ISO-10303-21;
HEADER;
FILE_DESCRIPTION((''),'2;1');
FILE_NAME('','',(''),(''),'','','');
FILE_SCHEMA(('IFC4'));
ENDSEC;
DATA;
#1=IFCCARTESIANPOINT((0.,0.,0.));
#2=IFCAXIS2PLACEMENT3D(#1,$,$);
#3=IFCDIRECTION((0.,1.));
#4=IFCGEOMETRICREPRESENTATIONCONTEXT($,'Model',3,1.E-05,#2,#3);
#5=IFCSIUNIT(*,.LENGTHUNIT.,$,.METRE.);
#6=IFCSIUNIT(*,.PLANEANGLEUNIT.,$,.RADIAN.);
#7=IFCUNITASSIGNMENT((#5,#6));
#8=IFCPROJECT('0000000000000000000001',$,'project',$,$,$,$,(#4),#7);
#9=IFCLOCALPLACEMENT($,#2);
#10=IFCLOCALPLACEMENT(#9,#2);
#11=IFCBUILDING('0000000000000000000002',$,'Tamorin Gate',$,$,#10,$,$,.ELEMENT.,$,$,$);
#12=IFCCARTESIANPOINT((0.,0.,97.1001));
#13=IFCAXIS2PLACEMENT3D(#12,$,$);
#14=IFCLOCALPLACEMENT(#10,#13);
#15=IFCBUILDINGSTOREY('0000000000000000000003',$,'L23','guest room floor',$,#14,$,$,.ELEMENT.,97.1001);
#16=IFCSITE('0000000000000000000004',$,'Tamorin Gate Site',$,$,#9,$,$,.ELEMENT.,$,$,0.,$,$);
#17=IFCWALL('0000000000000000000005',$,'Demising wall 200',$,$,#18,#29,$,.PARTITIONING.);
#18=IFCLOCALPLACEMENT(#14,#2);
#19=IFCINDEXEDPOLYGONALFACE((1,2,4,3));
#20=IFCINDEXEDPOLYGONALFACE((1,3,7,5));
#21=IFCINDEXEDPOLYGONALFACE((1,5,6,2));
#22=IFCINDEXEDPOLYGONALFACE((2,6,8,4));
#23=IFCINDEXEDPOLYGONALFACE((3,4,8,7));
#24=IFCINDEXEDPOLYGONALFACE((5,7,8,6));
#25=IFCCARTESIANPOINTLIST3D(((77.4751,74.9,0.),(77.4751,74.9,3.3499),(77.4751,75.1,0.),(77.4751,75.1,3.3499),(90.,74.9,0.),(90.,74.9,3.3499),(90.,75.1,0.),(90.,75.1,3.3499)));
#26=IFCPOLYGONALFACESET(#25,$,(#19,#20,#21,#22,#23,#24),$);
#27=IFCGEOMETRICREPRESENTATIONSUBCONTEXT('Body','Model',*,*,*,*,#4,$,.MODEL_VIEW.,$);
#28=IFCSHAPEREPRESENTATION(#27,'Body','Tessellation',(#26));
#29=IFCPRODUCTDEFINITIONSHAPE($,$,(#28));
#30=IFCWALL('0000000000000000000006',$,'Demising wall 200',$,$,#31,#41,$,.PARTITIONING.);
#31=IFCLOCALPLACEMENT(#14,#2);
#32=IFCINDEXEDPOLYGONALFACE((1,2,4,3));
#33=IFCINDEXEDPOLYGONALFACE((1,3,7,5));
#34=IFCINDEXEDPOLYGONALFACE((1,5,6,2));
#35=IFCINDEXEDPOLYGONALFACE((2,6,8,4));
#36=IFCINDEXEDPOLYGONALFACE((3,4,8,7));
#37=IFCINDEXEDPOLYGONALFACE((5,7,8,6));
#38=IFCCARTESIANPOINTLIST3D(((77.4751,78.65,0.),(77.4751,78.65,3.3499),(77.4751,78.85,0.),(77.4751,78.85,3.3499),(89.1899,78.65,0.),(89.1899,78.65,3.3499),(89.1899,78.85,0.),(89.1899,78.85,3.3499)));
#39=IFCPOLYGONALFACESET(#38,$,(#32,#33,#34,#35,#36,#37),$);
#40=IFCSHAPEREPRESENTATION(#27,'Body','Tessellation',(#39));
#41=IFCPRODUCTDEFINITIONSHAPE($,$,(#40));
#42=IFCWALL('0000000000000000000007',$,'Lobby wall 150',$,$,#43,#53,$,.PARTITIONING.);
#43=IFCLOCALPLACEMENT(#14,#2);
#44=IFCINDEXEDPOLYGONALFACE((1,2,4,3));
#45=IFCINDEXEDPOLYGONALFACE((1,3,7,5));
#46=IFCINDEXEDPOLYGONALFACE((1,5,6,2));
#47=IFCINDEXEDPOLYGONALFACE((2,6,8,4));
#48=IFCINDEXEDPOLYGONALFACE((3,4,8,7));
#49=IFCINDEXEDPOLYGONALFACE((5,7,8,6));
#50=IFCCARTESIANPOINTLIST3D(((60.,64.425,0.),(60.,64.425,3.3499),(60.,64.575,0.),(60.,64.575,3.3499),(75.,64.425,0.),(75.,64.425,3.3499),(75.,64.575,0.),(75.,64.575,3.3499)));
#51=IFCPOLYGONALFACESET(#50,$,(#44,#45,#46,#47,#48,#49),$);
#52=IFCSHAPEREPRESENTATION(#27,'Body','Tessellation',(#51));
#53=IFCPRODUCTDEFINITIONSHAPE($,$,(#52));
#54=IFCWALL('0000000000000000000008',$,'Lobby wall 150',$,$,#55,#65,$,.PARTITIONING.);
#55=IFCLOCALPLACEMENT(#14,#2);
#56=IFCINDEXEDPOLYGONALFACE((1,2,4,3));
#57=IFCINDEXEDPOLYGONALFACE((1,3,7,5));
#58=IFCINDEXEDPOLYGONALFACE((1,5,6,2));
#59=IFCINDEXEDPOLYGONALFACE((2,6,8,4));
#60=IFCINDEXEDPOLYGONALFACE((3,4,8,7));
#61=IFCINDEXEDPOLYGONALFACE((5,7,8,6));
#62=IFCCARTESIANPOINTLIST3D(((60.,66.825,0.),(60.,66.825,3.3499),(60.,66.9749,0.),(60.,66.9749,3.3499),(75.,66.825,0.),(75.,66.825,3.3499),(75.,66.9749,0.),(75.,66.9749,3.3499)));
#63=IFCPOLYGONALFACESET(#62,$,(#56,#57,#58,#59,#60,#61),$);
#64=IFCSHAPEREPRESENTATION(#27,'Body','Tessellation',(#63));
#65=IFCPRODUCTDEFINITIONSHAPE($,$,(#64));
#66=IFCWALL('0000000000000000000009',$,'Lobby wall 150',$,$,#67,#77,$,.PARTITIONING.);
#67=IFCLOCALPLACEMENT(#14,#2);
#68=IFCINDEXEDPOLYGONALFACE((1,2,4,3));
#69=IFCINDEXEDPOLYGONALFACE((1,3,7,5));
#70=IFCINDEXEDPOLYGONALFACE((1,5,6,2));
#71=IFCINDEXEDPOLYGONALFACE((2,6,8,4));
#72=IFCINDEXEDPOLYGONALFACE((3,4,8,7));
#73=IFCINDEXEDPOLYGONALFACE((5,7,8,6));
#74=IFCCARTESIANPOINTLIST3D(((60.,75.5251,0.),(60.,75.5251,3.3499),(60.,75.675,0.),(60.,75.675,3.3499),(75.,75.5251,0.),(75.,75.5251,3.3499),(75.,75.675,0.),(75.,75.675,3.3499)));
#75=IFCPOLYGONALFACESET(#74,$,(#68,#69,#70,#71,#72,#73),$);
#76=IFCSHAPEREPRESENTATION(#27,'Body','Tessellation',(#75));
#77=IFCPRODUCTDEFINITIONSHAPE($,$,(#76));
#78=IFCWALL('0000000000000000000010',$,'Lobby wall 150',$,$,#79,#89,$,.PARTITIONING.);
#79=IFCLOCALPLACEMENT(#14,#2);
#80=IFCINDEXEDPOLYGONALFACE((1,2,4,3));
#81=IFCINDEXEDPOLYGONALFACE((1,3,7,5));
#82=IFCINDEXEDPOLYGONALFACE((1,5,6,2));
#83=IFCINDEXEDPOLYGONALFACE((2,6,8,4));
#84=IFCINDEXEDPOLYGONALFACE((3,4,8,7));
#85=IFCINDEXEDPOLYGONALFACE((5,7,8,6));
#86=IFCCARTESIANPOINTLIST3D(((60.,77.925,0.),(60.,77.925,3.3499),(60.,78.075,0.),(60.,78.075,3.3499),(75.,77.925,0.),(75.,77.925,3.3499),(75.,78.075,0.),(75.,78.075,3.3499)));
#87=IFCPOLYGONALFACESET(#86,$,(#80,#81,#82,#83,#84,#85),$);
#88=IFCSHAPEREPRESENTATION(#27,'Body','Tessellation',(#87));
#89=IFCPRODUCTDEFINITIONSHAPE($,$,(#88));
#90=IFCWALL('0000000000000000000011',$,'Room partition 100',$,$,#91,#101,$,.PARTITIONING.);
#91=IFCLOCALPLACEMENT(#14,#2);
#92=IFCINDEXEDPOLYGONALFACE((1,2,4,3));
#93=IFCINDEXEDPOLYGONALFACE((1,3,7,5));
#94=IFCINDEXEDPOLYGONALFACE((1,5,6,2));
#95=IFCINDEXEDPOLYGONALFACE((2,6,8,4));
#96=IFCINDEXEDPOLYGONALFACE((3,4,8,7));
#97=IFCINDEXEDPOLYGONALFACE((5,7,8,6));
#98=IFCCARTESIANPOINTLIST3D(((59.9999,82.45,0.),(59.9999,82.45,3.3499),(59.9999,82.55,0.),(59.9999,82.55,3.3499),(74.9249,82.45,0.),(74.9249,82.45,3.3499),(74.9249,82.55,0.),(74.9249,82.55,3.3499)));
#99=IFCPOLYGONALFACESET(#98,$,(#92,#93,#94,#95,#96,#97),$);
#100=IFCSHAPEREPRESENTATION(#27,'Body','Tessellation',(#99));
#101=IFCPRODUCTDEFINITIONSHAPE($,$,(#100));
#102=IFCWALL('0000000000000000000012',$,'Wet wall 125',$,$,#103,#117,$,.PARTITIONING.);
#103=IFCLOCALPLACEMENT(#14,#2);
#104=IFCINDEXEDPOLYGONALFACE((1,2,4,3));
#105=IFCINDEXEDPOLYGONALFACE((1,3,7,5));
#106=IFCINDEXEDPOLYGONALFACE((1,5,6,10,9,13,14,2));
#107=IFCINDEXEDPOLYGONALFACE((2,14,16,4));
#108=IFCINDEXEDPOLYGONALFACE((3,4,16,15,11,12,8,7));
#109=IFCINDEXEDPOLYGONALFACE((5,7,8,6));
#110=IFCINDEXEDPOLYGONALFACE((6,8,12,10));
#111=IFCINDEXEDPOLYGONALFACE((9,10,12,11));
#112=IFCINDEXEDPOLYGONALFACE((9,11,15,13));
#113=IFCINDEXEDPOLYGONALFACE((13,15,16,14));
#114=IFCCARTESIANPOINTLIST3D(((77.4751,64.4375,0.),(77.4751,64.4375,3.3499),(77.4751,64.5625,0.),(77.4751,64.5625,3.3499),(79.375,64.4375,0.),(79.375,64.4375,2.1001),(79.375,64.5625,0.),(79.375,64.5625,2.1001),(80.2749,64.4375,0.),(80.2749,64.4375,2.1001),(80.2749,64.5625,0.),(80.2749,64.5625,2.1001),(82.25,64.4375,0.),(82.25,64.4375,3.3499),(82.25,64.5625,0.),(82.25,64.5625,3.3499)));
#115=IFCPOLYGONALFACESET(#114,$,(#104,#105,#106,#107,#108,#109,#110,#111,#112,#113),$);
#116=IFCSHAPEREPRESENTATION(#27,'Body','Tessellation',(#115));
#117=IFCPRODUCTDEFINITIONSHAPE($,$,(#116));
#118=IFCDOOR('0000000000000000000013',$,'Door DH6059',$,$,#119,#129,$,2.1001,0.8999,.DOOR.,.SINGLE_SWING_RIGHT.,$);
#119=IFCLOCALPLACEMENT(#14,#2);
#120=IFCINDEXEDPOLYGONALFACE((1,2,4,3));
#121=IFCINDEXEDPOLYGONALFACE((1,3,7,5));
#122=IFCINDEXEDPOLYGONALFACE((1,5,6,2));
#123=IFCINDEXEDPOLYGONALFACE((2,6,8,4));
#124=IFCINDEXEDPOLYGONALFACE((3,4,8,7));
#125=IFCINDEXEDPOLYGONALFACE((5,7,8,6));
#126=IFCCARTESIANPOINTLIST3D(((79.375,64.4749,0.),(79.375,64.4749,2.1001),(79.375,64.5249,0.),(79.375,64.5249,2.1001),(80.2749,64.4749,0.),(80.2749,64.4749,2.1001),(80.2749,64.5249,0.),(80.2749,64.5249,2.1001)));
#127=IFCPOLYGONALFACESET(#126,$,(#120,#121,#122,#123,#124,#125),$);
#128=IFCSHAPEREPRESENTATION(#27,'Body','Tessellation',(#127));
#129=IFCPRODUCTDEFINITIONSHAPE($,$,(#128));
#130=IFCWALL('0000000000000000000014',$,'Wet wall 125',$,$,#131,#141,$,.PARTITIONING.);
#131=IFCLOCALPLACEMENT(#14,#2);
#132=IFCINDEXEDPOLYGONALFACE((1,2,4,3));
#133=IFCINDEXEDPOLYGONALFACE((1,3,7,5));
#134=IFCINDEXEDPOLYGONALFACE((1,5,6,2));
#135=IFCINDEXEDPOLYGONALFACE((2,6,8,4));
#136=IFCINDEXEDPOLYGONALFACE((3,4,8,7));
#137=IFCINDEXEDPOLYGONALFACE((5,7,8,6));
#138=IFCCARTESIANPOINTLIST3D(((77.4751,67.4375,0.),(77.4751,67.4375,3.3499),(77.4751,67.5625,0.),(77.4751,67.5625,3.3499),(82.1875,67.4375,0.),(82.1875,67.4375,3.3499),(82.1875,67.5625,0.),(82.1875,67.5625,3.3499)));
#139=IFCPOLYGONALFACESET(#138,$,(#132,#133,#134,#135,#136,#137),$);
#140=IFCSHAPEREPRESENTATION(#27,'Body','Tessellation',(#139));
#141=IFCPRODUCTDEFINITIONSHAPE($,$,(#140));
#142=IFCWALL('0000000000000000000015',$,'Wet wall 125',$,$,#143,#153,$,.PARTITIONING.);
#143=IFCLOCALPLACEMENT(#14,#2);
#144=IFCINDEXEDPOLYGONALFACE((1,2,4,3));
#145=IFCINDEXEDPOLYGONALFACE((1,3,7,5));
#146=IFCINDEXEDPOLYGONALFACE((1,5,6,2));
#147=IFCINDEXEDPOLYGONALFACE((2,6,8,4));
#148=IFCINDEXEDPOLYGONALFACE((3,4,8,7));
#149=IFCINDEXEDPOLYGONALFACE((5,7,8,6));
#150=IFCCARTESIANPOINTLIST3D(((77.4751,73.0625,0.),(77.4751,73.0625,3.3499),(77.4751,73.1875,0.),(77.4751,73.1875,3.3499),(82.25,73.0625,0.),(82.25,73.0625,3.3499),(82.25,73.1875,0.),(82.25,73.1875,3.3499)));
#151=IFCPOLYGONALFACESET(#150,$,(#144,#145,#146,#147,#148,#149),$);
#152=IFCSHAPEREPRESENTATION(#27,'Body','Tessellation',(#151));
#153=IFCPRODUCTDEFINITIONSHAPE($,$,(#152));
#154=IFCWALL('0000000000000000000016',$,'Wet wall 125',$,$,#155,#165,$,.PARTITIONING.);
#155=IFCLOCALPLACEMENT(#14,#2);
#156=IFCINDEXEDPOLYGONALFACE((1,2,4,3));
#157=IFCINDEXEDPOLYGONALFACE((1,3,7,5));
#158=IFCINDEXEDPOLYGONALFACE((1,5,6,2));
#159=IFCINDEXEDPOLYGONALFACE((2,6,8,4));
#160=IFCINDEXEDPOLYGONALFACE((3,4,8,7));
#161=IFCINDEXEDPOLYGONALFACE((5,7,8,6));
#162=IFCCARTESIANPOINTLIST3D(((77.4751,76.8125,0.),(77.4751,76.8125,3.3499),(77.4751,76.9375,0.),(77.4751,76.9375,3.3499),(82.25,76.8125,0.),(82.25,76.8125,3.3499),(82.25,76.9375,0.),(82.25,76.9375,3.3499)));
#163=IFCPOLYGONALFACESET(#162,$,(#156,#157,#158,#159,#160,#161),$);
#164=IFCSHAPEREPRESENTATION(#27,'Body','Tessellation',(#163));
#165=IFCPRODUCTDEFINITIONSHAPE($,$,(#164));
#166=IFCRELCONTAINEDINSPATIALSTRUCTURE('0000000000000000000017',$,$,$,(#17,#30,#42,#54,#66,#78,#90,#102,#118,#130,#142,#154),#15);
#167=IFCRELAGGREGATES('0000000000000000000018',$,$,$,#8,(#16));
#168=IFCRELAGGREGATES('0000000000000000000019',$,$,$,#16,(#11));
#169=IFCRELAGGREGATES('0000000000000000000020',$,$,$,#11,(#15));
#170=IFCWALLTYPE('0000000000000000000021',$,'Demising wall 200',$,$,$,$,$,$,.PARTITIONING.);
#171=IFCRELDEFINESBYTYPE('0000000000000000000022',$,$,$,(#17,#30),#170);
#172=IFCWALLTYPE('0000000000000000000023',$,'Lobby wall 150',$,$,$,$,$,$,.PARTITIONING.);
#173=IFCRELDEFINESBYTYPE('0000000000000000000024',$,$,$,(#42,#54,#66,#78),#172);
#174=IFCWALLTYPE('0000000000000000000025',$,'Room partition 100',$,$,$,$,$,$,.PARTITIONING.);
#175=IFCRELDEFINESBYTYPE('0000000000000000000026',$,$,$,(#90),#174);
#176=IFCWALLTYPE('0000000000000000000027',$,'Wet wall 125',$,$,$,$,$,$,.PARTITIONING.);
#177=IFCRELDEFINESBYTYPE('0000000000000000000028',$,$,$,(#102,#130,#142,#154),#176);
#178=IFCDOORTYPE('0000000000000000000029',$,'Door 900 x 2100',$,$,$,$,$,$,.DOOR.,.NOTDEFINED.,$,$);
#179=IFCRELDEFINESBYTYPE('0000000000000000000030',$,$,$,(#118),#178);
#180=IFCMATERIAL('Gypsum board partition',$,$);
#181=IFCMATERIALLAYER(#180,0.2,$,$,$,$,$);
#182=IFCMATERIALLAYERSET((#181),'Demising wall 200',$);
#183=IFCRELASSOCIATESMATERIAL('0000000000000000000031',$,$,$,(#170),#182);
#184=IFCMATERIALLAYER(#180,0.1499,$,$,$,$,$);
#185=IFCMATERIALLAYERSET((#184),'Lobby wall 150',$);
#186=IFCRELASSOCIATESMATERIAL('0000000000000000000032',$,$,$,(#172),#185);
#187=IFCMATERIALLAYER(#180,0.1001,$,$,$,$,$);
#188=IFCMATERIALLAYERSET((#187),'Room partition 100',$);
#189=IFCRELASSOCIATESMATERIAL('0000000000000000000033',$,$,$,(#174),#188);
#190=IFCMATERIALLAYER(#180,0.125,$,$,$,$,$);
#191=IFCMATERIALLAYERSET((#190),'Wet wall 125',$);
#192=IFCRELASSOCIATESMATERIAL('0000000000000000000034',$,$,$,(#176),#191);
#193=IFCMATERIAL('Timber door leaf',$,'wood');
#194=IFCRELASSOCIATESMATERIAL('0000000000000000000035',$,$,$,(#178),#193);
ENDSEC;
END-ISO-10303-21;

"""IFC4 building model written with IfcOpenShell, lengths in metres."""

from ifc_helpers import new_model, si_unit, direction, frame, frame_2d, origin, place, context, subcontext, project, spatial, rectangle, extrude, material, layer, layer_set, type_object, element, fill, save


model = new_model("IFC4")

# Units and contexts
model_context = context("Model", 3, precision=1e-05, world=origin(), true_north=direction((0.0, 1.0)))
body_context = subcontext(model_context, "Body", "Model", "MODEL_VIEW")
ifc_project = project(units=[si_unit("LENGTHUNIT", "METRE"), si_unit("PLANEANGLEUNIT", "RADIAN")], contexts=[model_context])

# Site, building, storey
site_placement = place(None, origin())
site = spatial("IfcSite", under=ifc_project, at=site_placement, Name="Tamorin Gate Site", CompositionType="ELEMENT", RefElevation=0.0)
building_placement = place(site_placement, origin())
building = spatial("IfcBuilding", under=site, at=building_placement, Name="Tamorin Gate", CompositionType="ELEMENT")
storey_placement = place(building_placement, frame((0.0, 0.0, 97.1001)))
storey = spatial("IfcBuildingStorey", under=building, at=storey_placement, Name="L23", Description="guest room floor", CompositionType="ELEMENT", Elevation=97.1001)

# Shared definitions
ifc_material_1 = material(Name="Gypsum board partition")
ifc_material_2 = material(Name="Timber door leaf", Category="wood")

# Walls
ifc_layer_1 = layer(ifc_material_1, 0.2)
ifc_layer_set_1 = layer_set([ifc_layer_1], Name="Demising wall 200")
wall_type_1 = type_object("IfcWallType", Name="Demising wall 200", PredefinedType="PARTITIONING", material=ifc_layer_set_1)
wall_1_placement = place(storey_placement, frame((77.4751, 75.0, 0.0), z_axis=(0.0, 0.0, 1.0), x_axis=(1.0, 0.0, 0.0)))
element("IfcWall", 1, at=wall_1_placement, inside=storey, type_object=wall_type_1, Name="Demising wall 200", PredefinedType="PARTITIONING", context=body_context, shape_type="SweptSolid", body=[
    extrude(rectangle(XDim=12.5249, YDim=0.2, at=frame_2d((6.2625, 0.0))), origin(), (0.0, 0.0, 1.0), 3.3499),
])
wall_2_placement = place(storey_placement, frame((77.4751, 78.75, 0.0), z_axis=(0.0, 0.0, 1.0), x_axis=(1.0, 0.0, 0.0)))
element("IfcWall", 2, at=wall_2_placement, inside=storey, type_object=wall_type_1, Name="Demising wall 200", PredefinedType="PARTITIONING", context=body_context, shape_type="SweptSolid", body=[
    extrude(rectangle(XDim=11.7148, YDim=0.2, at=frame_2d((5.8574, 0.0))), origin(), (0.0, 0.0, 1.0), 3.3499),
])
ifc_layer_2 = layer(ifc_material_1, 0.1499)
ifc_layer_set_2 = layer_set([ifc_layer_2], Name="Lobby wall 150")
wall_type_2 = type_object("IfcWallType", Name="Lobby wall 150", PredefinedType="PARTITIONING", material=ifc_layer_set_2)
for number, where, z_axis, x_axis, name in (
    (3, (60.0, 64.5, 0.0), (0.0, 0.0, 1.0), (1.0, 0.0, 0.0), "Lobby wall 150"),
    (4, (60.0, 66.8999, 0.0), (0.0, 0.0, 1.0), (1.0, 0.0, 0.0), "Lobby wall 150"),
    (5, (60.0, 75.6001, 0.0), (0.0, 0.0, 1.0), (1.0, 0.0, 0.0), "Lobby wall 150"),
    (6, (60.0, 78.0, 0.0), (0.0, 0.0, 1.0), (1.0, 0.0, 0.0), "Lobby wall 150"),
):
    element("IfcWall", number, at=place(storey_placement, frame(where, z_axis=z_axis, x_axis=x_axis)), inside=storey, type_object=wall_type_2, Name=name, PredefinedType="PARTITIONING", context=body_context, shape_type="SweptSolid", body=[
        extrude(rectangle(XDim=15.0, YDim=0.1499, at=frame_2d((7.5, 0.0))), origin(), (0.0, 0.0, 1.0), 3.3499),
    ])
ifc_layer_3 = layer(ifc_material_1, 0.1001)
ifc_layer_set_3 = layer_set([ifc_layer_3], Name="Room partition 100")
wall_type_3 = type_object("IfcWallType", Name="Room partition 100", PredefinedType="PARTITIONING", material=ifc_layer_set_3)
wall_3_placement = place(storey_placement, frame((60.0, 82.5, 0.0), z_axis=(0.0, 0.0, 1.0), x_axis=(1.0, 0.0, 0.0)))
element("IfcWall", 7, at=wall_3_placement, inside=storey, type_object=wall_type_3, Name="Room partition 100", PredefinedType="PARTITIONING", context=body_context, shape_type="SweptSolid", body=[
    extrude(rectangle(XDim=14.925, YDim=0.1001, at=frame_2d((7.4624, 0.0))), origin(), (0.0, 0.0, 1.0), 3.3499),
])

# Wall, opening, door
ifc_layer_4 = layer(ifc_material_1, 0.125)
ifc_layer_set_4 = layer_set([ifc_layer_4], Name="Wet wall 125")
wall_type_4 = type_object("IfcWallType", Name="Wet wall 125", PredefinedType="PARTITIONING", material=ifc_layer_set_4)
wall_4_placement = place(storey_placement, frame((77.4751, 64.5, 0.0), z_axis=(0.0, 0.0, 1.0), x_axis=(1.0, 0.0, 0.0)))
wall_4 = element("IfcWall", 8, at=wall_4_placement, inside=storey, type_object=wall_type_4, Name="Wet wall 125", PredefinedType="PARTITIONING", context=body_context, shape_type="SweptSolid", body=[
    extrude(rectangle(XDim=4.7749, YDim=0.125, at=frame_2d((2.3875, 0.0))), origin(), (0.0, 0.0, 1.0), 3.3499),
])
opening_1_placement = place(wall_4_placement, frame((1.8999, 0.0, 0.0)))
opening_1 = element("IfcOpeningElement", 9, at=opening_1_placement, cuts=wall_4, PredefinedType="OPENING", context=body_context, shape_type="SweptSolid", body=[
    extrude(rectangle(XDim=0.8999, YDim=2.1001, at=frame_2d((0.45, 1.05))), frame((0.0, 0.0725, 0.0), z_axis=(0.0, -1.0, 0.0), x_axis=(1.0, 0.0, 0.0)), (0.0, 0.0, 1.0), 0.145),
])
door_type_1 = type_object("IfcDoorType", Name="Door 900 x 2100", OperationType="NOTDEFINED", PredefinedType="DOOR", material=ifc_material_2)
door_1_placement = place(opening_1_placement, origin())
door_1 = element("IfcDoor", 10, at=door_1_placement, inside=storey, type_object=door_type_1, Name="Door DH6059", OperationType="SINGLE_SWING_RIGHT", OverallHeight=2.1001, OverallWidth=0.8999, PredefinedType="DOOR", context=body_context, shape_type="SweptSolid", body=[
    extrude(rectangle(XDim=0.8999, YDim=2.1001, at=frame_2d((0.45, 1.05))), frame((0.0, 0.0249, 0.0), z_axis=(0.0, -1.0, 0.0), x_axis=(1.0, 0.0, 0.0)), (0.0, 0.0, 1.0), 0.05),
])
fill(opening_1, door_1)

# Walls
wall_5_placement = place(storey_placement, frame((77.4751, 67.5, 0.0), z_axis=(0.0, 0.0, 1.0), x_axis=(1.0, 0.0, 0.0)))
element("IfcWall", 11, at=wall_5_placement, inside=storey, type_object=wall_type_4, Name="Wet wall 125", PredefinedType="PARTITIONING", context=body_context, shape_type="SweptSolid", body=[
    extrude(rectangle(XDim=4.7124, YDim=0.125, at=frame_2d((2.3562, 0.0))), origin(), (0.0, 0.0, 1.0), 3.3499),
])
for number, where, z_axis, x_axis, name in (
    (12, (77.4751, 73.125, 0.0), (0.0, 0.0, 1.0), (1.0, 0.0, 0.0), "Wet wall 125"),
    (13, (77.4751, 76.875, 0.0), (0.0, 0.0, 1.0), (1.0, 0.0, 0.0), "Wet wall 125"),
):
    element("IfcWall", number, at=place(storey_placement, frame(where, z_axis=z_axis, x_axis=x_axis)), inside=storey, type_object=wall_type_4, Name=name, PredefinedType="PARTITIONING", context=body_context, shape_type="SweptSolid", body=[
        extrude(rectangle(XDim=4.7749, YDim=0.125, at=frame_2d((2.3875, 0.0))), origin(), (0.0, 0.0, 1.0), 3.3499),
    ])

save(model, "model.ifc")
